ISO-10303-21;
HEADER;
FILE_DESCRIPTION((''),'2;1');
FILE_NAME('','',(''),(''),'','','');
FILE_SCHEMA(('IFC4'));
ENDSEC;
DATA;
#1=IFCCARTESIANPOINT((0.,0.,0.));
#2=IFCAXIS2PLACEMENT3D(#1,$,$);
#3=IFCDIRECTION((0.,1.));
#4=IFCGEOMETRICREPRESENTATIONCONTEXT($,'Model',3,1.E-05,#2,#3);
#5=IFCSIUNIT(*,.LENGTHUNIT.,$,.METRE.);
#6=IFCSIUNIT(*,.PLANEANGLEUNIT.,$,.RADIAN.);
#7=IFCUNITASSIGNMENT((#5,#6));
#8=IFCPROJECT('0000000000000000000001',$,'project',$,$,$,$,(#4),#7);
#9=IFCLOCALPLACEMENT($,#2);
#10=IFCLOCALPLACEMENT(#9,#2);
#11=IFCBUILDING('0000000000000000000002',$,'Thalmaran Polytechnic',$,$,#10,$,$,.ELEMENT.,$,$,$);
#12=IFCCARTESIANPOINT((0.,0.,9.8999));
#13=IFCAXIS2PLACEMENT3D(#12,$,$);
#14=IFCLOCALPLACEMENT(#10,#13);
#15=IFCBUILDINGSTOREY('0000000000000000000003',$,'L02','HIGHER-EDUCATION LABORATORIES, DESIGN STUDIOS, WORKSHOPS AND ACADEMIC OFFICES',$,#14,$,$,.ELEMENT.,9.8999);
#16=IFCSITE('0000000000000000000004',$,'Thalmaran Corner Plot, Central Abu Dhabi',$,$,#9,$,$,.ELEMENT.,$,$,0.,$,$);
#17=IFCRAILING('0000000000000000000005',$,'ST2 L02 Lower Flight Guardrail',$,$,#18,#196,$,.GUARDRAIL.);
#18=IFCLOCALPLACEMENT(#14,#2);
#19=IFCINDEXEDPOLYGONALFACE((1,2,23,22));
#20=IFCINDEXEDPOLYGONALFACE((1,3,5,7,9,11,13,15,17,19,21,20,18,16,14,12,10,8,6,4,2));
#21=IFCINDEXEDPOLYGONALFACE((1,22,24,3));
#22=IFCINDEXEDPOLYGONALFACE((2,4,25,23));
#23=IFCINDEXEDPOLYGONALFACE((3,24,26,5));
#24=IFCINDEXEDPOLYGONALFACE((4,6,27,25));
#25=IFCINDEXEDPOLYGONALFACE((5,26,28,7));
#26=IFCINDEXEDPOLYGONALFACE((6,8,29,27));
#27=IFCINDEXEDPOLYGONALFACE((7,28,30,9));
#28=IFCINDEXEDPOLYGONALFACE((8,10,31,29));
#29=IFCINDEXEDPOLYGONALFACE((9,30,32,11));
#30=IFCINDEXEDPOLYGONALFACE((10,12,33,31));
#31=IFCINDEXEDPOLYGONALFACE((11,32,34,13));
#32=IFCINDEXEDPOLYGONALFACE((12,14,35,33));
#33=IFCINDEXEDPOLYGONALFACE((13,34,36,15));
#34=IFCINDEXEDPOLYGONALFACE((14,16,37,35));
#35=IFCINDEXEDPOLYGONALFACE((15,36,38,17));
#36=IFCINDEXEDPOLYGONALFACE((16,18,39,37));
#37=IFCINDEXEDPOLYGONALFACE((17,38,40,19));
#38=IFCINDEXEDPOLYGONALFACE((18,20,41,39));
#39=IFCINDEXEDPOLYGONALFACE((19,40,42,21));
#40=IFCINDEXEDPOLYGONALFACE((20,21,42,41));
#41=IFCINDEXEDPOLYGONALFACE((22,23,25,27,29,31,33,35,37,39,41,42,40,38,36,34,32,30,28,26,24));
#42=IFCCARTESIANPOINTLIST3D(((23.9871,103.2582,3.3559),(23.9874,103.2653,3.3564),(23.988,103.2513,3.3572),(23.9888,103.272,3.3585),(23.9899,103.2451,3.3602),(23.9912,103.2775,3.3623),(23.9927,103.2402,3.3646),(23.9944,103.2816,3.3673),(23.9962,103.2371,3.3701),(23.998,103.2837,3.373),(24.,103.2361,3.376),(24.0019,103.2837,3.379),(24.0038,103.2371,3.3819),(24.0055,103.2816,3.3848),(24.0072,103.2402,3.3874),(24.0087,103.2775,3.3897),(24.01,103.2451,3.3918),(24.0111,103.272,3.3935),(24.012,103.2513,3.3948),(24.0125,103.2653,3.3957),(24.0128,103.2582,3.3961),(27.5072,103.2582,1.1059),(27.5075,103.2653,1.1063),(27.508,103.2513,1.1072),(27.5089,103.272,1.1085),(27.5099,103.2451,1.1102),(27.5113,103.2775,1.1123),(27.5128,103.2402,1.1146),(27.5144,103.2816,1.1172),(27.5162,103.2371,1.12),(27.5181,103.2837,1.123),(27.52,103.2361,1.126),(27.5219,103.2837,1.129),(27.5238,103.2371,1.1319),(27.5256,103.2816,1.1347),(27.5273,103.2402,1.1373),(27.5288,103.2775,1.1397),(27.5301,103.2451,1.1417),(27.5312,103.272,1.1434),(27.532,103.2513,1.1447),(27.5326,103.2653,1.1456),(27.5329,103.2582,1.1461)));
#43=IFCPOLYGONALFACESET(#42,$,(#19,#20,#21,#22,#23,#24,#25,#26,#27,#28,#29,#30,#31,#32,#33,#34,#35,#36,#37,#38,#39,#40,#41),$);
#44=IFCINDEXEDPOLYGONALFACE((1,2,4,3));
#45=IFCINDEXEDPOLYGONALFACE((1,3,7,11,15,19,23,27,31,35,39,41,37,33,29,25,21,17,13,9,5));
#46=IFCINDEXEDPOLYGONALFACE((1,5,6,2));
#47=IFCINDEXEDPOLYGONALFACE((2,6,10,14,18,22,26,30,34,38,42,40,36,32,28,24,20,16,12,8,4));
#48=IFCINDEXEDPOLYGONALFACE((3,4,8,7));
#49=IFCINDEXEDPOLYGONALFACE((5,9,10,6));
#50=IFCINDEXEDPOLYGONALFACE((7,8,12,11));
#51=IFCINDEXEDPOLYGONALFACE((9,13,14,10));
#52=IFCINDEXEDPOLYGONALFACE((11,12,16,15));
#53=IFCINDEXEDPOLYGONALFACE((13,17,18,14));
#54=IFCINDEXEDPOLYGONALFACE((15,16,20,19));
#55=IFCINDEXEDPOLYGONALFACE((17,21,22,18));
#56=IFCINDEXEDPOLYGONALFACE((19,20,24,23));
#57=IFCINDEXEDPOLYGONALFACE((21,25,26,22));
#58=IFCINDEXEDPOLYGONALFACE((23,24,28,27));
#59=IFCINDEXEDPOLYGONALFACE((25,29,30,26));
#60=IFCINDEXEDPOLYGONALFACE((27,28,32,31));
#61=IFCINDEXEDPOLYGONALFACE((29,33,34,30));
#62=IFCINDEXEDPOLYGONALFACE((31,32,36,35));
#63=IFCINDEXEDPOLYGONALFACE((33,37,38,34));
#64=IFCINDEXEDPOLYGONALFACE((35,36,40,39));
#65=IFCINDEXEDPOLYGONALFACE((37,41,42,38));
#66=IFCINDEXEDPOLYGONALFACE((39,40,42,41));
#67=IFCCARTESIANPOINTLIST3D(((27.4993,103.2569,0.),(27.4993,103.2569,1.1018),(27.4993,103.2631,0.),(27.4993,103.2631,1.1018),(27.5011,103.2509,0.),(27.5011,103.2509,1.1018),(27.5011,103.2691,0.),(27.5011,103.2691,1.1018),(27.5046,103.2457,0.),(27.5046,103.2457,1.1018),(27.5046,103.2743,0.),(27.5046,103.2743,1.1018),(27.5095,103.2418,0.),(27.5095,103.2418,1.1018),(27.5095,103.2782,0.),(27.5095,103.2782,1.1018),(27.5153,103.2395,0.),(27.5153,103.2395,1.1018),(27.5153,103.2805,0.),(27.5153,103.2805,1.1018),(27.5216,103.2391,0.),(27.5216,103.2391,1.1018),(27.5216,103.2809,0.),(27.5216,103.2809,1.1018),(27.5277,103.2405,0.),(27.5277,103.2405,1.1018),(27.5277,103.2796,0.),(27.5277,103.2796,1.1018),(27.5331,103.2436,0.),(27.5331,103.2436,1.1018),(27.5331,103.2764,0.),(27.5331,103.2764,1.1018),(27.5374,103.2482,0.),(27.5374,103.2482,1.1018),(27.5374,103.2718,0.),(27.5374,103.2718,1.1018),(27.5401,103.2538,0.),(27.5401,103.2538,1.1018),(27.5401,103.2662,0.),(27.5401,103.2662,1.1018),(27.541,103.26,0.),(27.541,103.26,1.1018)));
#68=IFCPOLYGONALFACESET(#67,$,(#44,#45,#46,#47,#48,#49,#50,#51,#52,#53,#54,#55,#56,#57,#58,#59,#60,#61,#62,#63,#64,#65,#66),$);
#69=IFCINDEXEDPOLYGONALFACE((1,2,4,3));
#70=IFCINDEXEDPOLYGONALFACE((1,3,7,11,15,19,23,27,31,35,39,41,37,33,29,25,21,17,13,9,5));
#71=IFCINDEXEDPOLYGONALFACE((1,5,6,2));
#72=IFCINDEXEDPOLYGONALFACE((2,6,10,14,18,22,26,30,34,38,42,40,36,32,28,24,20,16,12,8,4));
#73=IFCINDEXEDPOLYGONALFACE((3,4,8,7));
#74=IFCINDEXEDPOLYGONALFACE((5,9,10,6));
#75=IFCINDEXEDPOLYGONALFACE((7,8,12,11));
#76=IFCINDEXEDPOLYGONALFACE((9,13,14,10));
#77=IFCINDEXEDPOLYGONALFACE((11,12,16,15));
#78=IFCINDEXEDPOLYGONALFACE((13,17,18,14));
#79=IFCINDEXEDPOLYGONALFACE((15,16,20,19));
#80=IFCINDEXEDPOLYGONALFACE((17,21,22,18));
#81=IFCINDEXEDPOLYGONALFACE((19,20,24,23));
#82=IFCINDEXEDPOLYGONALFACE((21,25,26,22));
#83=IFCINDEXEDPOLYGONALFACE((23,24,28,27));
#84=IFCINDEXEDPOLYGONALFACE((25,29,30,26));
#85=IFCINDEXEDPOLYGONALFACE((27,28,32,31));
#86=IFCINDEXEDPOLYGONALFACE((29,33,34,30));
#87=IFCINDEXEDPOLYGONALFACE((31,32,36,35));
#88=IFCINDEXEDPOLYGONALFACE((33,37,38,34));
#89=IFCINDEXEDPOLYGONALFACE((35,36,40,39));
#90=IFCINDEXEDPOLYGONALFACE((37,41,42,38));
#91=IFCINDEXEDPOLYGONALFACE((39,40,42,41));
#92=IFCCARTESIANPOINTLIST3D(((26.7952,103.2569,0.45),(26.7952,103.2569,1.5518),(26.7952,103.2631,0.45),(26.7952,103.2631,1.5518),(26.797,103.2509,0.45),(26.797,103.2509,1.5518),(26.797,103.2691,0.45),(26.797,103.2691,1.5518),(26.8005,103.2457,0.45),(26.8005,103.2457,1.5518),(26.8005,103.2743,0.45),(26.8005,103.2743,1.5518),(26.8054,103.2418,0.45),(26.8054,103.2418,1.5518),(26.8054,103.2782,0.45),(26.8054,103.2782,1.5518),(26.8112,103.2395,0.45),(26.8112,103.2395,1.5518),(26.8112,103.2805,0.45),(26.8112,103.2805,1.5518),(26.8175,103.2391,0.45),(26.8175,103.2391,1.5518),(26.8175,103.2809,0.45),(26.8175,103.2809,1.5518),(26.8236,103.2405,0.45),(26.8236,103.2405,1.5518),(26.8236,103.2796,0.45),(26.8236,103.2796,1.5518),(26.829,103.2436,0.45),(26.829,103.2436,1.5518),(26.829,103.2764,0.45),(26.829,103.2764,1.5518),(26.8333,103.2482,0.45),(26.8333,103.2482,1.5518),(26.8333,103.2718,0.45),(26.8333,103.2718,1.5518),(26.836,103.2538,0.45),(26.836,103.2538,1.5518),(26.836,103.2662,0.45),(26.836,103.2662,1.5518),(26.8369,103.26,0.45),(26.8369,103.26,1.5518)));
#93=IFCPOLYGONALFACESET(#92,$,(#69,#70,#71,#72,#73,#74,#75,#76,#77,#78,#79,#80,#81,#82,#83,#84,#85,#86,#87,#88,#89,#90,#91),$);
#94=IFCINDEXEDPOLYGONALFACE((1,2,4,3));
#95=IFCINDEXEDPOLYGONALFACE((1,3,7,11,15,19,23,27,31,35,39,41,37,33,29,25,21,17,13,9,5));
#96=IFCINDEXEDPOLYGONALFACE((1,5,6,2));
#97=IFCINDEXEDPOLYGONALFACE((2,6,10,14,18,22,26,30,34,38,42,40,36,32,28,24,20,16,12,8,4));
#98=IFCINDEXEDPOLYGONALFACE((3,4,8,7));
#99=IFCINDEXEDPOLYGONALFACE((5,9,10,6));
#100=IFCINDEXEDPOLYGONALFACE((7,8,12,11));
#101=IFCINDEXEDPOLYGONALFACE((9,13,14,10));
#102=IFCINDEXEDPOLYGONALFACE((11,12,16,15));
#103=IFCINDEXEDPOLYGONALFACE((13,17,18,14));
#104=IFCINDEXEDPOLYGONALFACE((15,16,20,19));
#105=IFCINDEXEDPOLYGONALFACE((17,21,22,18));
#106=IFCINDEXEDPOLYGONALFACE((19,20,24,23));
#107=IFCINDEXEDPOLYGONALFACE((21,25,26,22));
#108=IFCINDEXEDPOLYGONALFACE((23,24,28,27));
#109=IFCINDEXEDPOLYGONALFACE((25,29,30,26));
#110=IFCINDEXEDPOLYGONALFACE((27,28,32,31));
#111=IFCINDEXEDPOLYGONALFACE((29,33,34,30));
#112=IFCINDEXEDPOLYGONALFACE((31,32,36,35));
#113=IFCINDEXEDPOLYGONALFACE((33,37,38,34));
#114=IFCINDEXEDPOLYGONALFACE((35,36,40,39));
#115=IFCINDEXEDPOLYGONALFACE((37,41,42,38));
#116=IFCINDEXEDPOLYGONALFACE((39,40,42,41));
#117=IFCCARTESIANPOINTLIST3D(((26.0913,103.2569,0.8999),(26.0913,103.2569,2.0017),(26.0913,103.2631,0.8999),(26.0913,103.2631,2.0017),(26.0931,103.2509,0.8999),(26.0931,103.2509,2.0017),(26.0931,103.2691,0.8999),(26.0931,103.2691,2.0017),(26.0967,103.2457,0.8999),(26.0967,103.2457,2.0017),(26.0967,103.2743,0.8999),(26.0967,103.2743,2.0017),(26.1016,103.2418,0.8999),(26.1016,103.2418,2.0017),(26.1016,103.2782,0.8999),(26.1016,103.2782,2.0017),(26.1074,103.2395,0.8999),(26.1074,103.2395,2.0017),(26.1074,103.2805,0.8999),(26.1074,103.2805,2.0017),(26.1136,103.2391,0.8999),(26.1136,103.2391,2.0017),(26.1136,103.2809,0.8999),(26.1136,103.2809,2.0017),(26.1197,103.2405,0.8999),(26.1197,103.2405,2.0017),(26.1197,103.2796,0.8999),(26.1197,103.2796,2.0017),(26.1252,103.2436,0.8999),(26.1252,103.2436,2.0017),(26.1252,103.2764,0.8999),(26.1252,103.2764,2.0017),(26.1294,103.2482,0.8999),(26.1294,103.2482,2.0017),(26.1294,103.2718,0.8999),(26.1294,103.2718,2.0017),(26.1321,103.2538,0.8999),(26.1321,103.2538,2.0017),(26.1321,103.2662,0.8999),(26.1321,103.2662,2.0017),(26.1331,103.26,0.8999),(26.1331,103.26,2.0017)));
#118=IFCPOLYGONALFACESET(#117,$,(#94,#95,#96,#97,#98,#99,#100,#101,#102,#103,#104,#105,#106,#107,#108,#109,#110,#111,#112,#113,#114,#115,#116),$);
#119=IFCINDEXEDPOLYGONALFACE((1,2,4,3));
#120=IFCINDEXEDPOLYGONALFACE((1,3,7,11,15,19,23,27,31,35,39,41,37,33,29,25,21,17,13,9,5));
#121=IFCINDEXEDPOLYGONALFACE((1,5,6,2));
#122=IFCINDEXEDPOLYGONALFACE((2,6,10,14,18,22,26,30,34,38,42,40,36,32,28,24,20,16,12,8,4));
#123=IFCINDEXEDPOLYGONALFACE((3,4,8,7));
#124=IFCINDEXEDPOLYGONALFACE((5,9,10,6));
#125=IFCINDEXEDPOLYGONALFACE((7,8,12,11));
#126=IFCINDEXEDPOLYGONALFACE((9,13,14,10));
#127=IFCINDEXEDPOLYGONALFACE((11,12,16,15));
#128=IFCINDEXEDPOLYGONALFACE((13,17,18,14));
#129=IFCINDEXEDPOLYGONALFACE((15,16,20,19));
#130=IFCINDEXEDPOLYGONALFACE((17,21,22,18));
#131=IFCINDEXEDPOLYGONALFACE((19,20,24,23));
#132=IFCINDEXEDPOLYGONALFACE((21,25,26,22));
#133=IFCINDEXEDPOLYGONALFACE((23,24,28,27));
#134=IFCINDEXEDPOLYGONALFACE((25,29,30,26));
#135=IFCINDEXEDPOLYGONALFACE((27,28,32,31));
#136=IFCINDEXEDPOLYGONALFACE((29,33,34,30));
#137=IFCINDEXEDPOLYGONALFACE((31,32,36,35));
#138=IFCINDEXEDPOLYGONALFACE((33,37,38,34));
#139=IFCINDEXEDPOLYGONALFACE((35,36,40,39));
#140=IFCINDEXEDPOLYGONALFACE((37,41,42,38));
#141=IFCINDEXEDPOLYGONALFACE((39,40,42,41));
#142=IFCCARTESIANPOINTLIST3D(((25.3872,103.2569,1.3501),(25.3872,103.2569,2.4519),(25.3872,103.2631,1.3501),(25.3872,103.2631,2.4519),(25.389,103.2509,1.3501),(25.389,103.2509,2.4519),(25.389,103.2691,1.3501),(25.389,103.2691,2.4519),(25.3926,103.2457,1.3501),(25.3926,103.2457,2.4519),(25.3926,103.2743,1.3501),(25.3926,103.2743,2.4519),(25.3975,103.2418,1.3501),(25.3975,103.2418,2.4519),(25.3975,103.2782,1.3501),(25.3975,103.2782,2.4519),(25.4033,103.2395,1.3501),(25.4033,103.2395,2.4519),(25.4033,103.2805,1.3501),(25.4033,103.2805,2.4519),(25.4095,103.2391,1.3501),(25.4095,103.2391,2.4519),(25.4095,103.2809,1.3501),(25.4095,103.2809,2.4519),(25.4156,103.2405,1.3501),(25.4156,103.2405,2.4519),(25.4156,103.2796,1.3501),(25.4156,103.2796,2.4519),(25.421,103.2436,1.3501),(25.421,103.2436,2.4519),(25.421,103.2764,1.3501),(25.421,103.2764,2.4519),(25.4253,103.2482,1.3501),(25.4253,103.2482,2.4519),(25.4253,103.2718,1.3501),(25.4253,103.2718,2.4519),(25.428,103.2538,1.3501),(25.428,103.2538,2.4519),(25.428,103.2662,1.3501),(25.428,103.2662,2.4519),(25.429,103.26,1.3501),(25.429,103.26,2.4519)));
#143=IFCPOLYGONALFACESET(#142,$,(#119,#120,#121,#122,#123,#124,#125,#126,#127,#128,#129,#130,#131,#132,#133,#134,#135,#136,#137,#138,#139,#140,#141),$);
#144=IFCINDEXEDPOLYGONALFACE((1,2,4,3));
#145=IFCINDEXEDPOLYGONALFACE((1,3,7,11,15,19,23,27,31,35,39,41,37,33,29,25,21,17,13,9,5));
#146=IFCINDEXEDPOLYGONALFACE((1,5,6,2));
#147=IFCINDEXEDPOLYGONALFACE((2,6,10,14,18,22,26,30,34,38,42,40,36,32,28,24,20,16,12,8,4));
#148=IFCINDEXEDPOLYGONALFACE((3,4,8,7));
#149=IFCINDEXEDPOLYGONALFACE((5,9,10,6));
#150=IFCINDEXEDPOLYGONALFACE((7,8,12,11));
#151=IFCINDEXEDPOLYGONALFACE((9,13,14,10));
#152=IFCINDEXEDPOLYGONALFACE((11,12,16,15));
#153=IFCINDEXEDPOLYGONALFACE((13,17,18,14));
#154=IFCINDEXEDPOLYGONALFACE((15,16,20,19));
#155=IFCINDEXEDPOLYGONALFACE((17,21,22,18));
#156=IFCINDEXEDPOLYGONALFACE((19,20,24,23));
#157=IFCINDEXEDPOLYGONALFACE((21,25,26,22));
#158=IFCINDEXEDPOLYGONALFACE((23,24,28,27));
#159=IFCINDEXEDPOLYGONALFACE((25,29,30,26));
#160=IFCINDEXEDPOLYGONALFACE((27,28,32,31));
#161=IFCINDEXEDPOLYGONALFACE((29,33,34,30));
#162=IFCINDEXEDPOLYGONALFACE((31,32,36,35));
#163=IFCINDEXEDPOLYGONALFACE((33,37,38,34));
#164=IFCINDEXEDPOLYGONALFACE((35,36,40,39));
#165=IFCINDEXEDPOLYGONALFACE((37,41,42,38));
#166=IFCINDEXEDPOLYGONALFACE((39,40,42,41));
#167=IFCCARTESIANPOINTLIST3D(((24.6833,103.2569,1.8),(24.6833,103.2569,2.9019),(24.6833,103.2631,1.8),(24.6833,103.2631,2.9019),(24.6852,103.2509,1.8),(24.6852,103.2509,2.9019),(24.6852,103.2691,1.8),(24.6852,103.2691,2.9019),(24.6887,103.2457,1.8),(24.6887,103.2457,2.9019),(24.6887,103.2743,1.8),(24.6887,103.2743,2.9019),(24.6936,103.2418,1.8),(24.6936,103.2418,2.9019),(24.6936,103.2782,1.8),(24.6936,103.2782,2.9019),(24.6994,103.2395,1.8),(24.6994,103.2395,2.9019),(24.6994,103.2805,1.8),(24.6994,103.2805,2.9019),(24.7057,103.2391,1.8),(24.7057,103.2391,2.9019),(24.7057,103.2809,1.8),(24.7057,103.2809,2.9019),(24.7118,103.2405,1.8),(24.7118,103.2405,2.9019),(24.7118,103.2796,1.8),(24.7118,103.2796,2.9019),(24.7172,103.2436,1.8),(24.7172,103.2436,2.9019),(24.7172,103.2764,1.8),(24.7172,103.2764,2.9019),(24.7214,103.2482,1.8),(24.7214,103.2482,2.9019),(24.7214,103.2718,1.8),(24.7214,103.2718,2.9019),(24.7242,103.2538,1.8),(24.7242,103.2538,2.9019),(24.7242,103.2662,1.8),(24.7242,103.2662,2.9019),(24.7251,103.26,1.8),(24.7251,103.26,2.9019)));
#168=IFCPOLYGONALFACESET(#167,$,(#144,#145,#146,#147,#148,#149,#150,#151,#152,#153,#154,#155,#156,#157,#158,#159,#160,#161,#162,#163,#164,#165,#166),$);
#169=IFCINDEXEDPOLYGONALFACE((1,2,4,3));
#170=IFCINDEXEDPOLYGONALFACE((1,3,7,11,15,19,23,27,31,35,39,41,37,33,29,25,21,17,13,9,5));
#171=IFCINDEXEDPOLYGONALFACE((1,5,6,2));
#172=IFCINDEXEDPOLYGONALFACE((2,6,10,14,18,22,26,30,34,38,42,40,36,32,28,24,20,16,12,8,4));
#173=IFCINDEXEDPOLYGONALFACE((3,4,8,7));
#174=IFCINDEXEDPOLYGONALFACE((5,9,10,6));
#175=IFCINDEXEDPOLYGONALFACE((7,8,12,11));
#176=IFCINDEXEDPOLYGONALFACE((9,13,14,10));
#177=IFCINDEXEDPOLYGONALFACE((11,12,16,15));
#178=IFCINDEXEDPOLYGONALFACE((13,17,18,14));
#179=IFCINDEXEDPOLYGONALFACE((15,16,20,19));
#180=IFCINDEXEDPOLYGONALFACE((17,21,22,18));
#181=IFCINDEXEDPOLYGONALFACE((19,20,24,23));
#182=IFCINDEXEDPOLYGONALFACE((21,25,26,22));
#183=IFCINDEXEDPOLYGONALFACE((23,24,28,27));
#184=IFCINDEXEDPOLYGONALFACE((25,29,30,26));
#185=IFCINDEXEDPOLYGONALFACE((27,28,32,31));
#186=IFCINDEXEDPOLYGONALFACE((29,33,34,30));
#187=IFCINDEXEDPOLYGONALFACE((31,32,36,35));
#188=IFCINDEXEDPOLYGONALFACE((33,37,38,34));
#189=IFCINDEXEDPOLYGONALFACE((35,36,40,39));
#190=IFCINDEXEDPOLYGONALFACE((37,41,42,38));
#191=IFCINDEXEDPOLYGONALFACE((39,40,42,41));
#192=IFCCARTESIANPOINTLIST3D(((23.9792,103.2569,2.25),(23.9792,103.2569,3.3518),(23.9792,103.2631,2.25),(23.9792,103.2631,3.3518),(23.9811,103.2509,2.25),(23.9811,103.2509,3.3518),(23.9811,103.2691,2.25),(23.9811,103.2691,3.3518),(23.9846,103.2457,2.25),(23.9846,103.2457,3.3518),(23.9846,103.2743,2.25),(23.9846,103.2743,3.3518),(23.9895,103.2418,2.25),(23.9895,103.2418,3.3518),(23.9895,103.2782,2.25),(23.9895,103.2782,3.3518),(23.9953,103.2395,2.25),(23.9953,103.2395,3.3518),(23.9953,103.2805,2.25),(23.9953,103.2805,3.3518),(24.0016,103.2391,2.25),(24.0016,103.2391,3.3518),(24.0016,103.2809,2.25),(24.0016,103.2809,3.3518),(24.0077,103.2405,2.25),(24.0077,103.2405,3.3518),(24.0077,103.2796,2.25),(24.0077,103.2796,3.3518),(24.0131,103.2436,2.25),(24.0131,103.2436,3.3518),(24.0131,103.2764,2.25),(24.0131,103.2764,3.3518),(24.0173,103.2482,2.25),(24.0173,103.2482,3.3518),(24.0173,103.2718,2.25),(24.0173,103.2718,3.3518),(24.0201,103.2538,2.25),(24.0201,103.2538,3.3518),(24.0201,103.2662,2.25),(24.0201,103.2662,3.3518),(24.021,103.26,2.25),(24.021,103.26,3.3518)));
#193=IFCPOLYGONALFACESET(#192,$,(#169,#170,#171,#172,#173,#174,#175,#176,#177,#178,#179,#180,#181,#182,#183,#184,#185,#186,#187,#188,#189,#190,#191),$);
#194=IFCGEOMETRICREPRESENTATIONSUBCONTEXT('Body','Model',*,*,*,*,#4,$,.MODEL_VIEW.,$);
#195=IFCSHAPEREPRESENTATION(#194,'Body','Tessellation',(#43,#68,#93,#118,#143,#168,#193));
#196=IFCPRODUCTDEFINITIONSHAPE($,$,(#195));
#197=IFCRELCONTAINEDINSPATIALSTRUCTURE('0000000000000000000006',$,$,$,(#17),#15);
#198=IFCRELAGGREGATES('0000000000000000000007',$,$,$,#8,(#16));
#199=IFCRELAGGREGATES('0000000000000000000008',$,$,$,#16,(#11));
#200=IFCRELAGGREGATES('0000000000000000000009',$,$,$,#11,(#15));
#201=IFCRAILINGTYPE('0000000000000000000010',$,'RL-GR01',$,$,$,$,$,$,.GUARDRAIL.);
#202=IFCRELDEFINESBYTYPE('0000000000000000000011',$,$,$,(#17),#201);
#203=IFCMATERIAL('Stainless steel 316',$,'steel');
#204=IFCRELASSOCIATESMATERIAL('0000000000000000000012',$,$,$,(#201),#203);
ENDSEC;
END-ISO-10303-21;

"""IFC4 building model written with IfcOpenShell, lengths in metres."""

from ifc_helpers import new_model, si_unit, direction, frame, origin, origin_2d, place, context, subcontext, project, spatial, circle, extrude, material, type_object, element, save


model = new_model("IFC4")

# Units and contexts
model_context = context("Model", 3, precision=1e-05, world=origin(), true_north=direction((0.0, 1.0)))
body_context = subcontext(model_context, "Body", "Model", "MODEL_VIEW")
ifc_project = project(units=[si_unit("LENGTHUNIT", "METRE"), si_unit("PLANEANGLEUNIT", "RADIAN")], contexts=[model_context])

# Site, building, storey
site_placement = place(None, origin())
site = spatial("IfcSite", under=ifc_project, at=site_placement, Name="Thalmaran Corner Plot, Central Abu Dhabi", CompositionType="ELEMENT", RefElevation=0.0)
building_placement = place(site_placement, origin())
building = spatial("IfcBuilding", under=site, at=building_placement, Name="Thalmaran Polytechnic", CompositionType="ELEMENT")
storey_placement = place(building_placement, frame((0.0, 0.0, 9.8999)))
storey = spatial("IfcBuildingStorey", under=building, at=storey_placement, Name="L02", Description="HIGHER-EDUCATION LABORATORIES, DESIGN STUDIOS, WORKSHOPS AND ACADEMIC OFFICES", CompositionType="ELEMENT", Elevation=9.8999)

# Railing
ifc_material_1 = material(Name="Stainless steel 316", Category="steel")
railing_type_1 = type_object("IfcRailingType", Name="RL-GR01", PredefinedType="GUARDRAIL", material=ifc_material_1)
railing_1_placement = place(storey_placement, frame((27.52, 103.26, 0.0)))
element("IfcRailing", 1, at=railing_1_placement, inside=storey, type_object=railing_type_1, Name="ST2 L02 Lower Flight Guardrail", PredefinedType="GUARDRAIL", context=body_context, shape_type="SweptSolid", body=[
    extrude(circle(Radius=0.0239, at=origin_2d()), frame((0.0, 0.0, 1.126), z_axis=(-0.842577, 0.0, 0.538576), x_axis=(0.0, -1.0, 0.0)), (0.0, 0.0, 1.0), 4.1777),
    extrude(circle(Radius=0.021, at=origin_2d()), origin(), (0.0, 0.0, 1.0), 1.1018),
    extrude(circle(Radius=0.021, at=origin_2d()), frame((-0.7041, 0.0, 0.45)), (0.0, 0.0, 1.0), 1.1018),
    extrude(circle(Radius=0.021, at=origin_2d()), frame((-1.408, 0.0, 0.8999)), (0.0, 0.0, 1.0), 1.1018),
    extrude(circle(Radius=0.021, at=origin_2d()), frame((-2.1121, 0.0, 1.3501)), (0.0, 0.0, 1.0), 1.1018),
    extrude(circle(Radius=0.021, at=origin_2d()), frame((-2.8159, 0.0, 1.8)), (0.0, 0.0, 1.0), 1.1018),
    extrude(circle(Radius=0.021, at=origin_2d()), frame((-3.52, 0.0, 2.25)), (0.0, 0.0, 1.0), 1.1018),
])

save(model, "model.ifc")
